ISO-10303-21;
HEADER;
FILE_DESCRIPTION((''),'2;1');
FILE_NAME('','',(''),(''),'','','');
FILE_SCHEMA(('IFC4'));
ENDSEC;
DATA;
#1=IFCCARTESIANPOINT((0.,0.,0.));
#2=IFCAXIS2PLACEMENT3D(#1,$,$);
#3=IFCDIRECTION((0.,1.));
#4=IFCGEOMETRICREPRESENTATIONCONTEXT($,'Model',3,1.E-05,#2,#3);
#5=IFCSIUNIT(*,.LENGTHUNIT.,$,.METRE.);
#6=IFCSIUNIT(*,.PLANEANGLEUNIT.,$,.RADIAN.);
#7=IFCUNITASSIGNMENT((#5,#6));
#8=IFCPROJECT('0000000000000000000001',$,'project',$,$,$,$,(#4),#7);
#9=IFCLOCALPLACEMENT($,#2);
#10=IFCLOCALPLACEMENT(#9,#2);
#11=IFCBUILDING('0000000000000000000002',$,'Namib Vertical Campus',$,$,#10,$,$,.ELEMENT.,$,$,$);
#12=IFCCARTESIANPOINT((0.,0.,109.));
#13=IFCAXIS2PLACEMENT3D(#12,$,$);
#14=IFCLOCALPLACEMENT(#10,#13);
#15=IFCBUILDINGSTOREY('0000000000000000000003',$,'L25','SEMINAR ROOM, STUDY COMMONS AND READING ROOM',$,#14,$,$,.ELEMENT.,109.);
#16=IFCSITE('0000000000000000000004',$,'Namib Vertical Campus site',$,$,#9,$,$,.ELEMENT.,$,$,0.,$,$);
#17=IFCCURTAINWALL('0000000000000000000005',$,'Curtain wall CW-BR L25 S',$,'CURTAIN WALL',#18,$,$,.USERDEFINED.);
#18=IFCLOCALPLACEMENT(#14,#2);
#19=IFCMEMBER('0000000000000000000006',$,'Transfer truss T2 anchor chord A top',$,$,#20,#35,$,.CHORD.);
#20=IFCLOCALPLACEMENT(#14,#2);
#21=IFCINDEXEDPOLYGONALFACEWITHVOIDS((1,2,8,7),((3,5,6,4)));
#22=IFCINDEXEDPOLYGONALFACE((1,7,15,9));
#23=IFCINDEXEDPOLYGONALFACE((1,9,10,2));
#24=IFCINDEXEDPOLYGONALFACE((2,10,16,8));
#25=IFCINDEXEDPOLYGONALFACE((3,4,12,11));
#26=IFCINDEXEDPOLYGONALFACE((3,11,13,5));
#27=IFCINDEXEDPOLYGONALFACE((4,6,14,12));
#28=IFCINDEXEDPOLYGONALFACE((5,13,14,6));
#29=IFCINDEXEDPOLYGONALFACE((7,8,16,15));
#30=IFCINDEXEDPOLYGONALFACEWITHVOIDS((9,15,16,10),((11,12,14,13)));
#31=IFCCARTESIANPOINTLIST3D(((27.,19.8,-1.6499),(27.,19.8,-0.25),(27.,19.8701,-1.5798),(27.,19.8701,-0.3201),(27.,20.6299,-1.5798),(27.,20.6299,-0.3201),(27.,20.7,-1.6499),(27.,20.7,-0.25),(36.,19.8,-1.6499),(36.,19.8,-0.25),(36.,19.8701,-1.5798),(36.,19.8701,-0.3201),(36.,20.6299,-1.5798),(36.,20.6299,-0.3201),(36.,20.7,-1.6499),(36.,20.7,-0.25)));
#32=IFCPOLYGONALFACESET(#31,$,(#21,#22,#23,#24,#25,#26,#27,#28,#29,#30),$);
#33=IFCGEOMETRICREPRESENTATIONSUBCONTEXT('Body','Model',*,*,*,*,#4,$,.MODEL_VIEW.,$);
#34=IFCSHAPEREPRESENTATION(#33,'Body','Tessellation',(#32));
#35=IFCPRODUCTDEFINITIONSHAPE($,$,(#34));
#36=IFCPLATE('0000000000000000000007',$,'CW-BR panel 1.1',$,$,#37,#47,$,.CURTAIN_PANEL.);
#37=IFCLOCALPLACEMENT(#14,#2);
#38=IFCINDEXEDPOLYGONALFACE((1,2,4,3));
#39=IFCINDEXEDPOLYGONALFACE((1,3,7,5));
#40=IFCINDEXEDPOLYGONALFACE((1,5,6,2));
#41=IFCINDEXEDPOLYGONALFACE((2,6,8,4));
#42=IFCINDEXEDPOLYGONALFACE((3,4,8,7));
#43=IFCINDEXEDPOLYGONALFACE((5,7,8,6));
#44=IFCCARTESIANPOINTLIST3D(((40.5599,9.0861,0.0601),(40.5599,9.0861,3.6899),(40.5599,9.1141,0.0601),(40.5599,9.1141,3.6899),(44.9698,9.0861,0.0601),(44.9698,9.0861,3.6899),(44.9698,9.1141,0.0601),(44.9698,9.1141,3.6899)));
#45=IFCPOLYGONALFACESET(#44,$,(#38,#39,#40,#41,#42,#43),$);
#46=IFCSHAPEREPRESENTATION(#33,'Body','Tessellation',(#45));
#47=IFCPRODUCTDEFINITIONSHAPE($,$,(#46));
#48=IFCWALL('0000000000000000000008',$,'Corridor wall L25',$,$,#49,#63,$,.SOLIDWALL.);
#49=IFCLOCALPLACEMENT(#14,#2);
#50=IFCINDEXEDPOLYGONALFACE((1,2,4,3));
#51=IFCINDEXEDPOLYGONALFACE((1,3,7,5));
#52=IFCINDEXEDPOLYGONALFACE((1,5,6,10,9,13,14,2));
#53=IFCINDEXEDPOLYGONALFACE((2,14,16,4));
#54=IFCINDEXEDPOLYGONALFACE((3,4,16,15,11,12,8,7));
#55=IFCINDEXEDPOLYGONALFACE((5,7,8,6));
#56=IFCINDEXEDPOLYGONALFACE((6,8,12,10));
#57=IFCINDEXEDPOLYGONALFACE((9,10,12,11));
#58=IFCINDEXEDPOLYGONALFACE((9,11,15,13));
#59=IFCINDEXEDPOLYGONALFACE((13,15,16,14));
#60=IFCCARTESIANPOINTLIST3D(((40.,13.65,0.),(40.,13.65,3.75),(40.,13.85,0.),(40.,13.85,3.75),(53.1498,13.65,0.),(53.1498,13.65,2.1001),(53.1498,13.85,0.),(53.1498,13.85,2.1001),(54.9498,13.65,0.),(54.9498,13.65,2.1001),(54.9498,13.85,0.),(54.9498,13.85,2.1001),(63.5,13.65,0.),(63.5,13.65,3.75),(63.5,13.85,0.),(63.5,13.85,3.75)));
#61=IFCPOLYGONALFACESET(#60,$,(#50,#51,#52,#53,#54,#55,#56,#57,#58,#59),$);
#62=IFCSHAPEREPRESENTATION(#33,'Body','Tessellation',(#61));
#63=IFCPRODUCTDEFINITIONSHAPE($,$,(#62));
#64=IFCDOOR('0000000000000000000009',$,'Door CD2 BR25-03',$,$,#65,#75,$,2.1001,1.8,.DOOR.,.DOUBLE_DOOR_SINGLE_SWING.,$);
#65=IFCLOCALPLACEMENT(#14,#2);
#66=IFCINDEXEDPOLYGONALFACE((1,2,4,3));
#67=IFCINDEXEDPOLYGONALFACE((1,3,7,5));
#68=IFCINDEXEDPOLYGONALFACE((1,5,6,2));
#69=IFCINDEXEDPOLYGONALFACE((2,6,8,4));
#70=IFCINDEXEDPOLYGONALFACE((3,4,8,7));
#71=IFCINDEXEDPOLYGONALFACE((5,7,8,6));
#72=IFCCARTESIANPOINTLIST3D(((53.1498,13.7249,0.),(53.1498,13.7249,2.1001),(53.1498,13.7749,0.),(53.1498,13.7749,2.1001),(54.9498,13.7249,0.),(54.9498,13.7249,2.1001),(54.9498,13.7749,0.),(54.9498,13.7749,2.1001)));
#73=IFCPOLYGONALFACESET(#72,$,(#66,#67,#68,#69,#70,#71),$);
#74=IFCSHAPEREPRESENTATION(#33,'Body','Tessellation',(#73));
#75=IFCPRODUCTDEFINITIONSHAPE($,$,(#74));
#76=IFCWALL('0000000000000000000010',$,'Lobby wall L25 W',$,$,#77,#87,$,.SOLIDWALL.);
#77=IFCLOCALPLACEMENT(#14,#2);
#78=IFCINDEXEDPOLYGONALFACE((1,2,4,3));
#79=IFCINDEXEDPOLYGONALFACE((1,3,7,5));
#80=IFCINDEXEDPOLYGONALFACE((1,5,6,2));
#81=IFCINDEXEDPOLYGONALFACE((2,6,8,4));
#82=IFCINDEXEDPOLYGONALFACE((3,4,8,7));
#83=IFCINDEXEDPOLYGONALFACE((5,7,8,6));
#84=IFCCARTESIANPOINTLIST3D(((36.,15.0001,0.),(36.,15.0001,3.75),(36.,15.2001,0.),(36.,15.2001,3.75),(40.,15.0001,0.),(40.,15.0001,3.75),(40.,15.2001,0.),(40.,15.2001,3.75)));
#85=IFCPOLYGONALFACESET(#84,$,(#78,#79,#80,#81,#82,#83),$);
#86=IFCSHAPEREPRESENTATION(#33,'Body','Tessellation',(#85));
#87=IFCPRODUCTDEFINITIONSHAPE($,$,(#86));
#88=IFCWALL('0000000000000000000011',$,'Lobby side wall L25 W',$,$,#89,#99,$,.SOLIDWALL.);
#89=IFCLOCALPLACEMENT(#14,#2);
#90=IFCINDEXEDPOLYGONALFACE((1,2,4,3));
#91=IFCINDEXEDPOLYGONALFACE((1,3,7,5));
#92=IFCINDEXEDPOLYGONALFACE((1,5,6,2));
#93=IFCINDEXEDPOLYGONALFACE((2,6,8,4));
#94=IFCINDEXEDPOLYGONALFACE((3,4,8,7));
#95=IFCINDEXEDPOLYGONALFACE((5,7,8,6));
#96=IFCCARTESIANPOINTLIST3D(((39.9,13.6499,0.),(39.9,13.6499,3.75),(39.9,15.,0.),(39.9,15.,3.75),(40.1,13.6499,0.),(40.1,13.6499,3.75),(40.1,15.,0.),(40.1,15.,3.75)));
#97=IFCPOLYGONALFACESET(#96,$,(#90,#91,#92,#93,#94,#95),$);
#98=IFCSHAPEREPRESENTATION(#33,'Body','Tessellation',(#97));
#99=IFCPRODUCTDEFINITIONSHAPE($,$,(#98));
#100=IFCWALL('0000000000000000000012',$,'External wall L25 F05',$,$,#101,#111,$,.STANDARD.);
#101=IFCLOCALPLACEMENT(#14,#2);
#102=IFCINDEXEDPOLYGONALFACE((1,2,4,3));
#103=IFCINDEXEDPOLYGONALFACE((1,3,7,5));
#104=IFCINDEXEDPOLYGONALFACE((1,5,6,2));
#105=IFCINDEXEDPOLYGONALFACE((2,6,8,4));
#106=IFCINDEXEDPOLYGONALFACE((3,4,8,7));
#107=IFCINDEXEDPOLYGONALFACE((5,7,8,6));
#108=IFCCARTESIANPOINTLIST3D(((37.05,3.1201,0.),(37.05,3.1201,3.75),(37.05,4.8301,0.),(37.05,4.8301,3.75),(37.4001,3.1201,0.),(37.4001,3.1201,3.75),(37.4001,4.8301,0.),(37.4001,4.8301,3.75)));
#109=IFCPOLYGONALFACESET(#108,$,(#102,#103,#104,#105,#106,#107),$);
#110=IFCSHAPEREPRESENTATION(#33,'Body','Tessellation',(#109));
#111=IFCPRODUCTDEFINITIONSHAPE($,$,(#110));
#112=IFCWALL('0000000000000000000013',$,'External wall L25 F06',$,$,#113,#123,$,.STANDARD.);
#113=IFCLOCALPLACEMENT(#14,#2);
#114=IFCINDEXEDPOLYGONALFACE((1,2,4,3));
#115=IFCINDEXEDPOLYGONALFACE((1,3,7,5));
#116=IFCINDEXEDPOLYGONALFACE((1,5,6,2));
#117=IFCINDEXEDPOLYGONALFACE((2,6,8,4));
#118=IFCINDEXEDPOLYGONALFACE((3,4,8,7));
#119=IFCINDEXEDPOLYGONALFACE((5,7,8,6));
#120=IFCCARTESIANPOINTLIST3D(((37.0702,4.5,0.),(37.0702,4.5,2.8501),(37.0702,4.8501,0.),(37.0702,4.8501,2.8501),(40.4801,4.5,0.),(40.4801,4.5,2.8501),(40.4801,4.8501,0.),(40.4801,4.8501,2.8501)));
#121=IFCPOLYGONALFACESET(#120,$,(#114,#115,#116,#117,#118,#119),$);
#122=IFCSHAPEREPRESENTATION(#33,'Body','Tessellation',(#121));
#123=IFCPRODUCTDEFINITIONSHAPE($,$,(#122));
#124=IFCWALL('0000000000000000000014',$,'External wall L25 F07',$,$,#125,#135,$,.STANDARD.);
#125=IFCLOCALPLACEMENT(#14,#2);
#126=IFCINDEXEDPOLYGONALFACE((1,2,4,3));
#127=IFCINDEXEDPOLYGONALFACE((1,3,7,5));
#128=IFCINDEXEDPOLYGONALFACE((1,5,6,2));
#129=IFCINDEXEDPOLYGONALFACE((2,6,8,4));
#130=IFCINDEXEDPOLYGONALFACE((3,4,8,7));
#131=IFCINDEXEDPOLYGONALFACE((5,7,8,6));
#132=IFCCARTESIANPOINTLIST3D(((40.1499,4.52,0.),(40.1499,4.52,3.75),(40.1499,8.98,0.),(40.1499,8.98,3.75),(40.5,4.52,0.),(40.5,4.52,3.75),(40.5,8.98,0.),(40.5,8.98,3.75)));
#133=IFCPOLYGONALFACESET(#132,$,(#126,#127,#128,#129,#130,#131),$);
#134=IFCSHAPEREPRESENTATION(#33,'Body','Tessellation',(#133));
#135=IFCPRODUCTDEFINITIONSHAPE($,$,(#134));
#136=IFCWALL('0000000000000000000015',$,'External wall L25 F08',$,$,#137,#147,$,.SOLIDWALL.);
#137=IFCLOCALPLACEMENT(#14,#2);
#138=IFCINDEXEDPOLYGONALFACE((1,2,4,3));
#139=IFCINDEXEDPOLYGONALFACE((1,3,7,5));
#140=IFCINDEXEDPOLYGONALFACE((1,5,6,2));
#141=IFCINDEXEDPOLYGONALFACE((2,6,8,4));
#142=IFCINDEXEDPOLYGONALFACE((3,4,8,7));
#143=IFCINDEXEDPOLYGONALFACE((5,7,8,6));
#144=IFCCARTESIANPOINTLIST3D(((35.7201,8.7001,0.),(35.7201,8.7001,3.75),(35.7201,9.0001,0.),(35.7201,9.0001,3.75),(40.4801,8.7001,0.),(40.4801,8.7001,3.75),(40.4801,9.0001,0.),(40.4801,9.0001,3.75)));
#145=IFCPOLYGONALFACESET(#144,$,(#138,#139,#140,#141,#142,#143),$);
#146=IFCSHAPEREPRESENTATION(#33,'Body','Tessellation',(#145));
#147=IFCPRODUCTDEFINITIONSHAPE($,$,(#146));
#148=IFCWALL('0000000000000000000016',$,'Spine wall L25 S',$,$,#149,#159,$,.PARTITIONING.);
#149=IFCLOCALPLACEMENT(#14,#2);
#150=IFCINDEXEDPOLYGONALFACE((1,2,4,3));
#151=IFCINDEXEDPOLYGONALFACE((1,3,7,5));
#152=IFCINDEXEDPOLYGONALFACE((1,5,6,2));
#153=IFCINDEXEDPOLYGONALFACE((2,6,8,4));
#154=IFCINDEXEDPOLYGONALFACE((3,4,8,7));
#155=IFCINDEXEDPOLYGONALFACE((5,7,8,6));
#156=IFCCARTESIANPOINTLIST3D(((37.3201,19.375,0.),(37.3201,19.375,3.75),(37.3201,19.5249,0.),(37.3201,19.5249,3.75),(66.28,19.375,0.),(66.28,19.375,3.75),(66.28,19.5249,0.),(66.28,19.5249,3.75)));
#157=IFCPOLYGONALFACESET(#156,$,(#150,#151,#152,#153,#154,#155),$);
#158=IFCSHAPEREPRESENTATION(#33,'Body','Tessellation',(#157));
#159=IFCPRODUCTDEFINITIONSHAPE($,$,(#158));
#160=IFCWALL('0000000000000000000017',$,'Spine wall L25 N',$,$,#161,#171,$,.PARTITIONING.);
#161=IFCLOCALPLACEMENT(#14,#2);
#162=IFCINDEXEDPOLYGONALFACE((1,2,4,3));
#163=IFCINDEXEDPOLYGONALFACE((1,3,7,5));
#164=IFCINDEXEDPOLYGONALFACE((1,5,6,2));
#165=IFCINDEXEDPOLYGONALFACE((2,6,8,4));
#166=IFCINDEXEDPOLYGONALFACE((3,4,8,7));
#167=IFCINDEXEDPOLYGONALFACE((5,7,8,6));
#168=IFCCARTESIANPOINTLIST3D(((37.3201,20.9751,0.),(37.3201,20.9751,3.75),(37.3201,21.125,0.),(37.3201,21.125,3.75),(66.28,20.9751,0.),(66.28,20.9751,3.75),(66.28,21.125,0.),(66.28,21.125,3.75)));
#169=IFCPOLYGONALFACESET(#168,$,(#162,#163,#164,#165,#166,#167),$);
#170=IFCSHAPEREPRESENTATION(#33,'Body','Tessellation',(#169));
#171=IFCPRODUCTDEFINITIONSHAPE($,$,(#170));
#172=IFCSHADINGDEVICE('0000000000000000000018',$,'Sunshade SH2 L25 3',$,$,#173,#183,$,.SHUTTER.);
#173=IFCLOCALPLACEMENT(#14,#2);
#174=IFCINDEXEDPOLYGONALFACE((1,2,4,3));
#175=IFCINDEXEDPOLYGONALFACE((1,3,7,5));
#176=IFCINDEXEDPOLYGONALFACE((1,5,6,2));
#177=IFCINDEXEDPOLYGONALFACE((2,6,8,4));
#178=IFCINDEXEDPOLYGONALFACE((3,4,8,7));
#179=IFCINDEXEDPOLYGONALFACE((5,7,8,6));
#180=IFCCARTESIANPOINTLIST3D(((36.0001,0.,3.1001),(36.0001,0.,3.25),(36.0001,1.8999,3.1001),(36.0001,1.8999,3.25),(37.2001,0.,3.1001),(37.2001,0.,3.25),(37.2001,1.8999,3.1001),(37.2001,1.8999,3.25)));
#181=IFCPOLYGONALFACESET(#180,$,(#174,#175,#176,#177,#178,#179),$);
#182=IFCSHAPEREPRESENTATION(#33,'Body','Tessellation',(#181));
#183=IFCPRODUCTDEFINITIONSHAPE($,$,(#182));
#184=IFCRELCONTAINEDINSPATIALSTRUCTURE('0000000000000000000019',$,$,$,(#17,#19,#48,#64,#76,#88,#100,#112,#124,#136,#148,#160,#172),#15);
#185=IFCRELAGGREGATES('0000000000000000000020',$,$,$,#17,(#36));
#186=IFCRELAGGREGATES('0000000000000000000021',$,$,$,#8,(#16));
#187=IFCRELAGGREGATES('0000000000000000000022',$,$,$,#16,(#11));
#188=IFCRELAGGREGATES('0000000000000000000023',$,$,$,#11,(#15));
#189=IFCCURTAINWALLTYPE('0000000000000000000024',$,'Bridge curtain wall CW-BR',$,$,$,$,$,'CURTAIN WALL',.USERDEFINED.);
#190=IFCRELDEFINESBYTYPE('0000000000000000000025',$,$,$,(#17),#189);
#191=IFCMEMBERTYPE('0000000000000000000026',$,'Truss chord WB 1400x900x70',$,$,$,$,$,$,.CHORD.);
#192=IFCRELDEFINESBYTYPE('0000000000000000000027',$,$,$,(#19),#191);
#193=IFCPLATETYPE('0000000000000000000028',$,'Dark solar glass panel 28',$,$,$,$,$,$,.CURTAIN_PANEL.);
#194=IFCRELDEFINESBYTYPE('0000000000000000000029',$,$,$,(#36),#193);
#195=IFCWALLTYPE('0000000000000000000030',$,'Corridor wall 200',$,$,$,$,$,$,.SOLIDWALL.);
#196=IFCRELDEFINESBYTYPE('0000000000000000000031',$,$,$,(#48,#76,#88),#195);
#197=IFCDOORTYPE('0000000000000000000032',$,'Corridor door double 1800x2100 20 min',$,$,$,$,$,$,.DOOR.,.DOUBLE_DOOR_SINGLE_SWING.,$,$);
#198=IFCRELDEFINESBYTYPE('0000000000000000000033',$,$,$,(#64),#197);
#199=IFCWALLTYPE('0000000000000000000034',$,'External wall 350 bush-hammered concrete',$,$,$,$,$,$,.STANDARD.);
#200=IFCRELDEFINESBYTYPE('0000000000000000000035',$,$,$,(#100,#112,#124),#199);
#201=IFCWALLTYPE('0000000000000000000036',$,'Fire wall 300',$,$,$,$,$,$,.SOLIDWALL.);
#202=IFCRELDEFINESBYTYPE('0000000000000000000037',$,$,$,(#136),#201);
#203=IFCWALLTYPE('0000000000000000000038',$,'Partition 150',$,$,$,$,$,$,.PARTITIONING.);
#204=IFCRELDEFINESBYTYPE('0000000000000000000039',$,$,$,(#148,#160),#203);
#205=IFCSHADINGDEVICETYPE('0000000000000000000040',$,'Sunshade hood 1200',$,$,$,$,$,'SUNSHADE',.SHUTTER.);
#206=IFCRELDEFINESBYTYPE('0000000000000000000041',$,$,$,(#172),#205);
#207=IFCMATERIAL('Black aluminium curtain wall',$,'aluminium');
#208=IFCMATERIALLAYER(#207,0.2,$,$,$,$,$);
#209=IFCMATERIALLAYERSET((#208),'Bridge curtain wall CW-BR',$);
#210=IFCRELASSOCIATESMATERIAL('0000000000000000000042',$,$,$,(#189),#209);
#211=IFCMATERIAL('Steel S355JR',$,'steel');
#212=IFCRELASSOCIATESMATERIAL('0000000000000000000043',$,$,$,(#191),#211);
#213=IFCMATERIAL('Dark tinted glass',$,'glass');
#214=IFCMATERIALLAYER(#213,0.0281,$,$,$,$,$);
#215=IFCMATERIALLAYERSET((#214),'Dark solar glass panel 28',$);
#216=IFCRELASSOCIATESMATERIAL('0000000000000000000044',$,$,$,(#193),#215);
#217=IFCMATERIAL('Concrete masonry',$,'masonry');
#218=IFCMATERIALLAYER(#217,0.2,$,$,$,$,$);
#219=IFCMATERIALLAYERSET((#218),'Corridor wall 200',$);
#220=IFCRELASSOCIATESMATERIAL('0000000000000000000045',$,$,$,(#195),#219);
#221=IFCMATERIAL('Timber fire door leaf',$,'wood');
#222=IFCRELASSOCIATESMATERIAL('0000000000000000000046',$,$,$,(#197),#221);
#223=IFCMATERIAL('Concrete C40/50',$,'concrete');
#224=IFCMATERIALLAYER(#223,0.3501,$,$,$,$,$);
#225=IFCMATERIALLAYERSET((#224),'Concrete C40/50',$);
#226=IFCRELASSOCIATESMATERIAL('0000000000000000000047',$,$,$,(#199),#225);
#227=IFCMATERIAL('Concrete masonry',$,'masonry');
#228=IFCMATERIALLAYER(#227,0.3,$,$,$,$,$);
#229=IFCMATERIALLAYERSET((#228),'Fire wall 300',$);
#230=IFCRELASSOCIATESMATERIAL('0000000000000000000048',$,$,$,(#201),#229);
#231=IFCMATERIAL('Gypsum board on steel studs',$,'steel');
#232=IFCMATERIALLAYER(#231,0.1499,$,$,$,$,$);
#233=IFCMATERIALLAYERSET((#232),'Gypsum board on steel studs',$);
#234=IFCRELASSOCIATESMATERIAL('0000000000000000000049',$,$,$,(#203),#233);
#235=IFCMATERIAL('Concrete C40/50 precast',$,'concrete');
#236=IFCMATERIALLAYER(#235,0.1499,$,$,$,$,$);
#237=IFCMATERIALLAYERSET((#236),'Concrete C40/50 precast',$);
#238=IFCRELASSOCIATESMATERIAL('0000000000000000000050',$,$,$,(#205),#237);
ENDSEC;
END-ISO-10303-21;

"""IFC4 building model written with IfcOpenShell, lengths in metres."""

from ifc_helpers import new_model, si_unit, direction, frame, frame_2d, origin, origin_2d, place, context, subcontext, project, spatial, rectangle, hollow_rectangle, extrude, material, layer, layer_set, material_profile, profile_set, type_object, element, fill, aggregate, save


model = new_model("IFC4")

# Units and contexts
model_context = context("Model", 3, precision=1e-05, world=origin(), true_north=direction((0.0, 1.0)))
body_context = subcontext(model_context, "Body", "Model", "MODEL_VIEW")
ifc_project = project(units=[si_unit("LENGTHUNIT", "METRE"), si_unit("PLANEANGLEUNIT", "RADIAN")], contexts=[model_context])

# Site, building, storey
site_placement = place(None, origin())
site = spatial("IfcSite", under=ifc_project, at=site_placement, Name="Namib Vertical Campus site", CompositionType="ELEMENT", RefElevation=0.0)
building_placement = place(site_placement, origin())
building = spatial("IfcBuilding", under=site, at=building_placement, Name="Namib Vertical Campus", CompositionType="ELEMENT")
storey_placement = place(building_placement, frame((0.0, 0.0, 109.0)))
storey = spatial("IfcBuildingStorey", under=building, at=storey_placement, Name="L25", Description="SEMINAR ROOM, STUDY COMMONS AND READING ROOM", CompositionType="ELEMENT", Elevation=109.0)

# Curtain wall
ifc_material_1 = material(Name="Black aluminium curtain wall", Category="aluminium")
ifc_layer_1 = layer(ifc_material_1, 0.2)
ifc_layer_set_1 = layer_set([ifc_layer_1], Name="Bridge curtain wall CW-BR")
curtain_wall_type = type_object("IfcCurtainWallType", Name="Bridge curtain wall CW-BR", ElementType="CURTAIN WALL", PredefinedType="USERDEFINED", material=ifc_layer_set_1)
curtain_wall_placement = place(storey_placement, origin())
curtain_wall = element("IfcCurtainWall", 1, at=curtain_wall_placement, inside=storey, type_object=curtain_wall_type, Name="Curtain wall CW-BR L25 S", ObjectType="CURTAIN WALL", PredefinedType="USERDEFINED")

# Member
ifc_material_2 = material(Name="Steel S355JR", Category="steel")
ifc_material_profile_1 = material_profile(ifc_material_2, hollow_rectangle(XDim=0.8999, YDim=1.3999, WallThickness=0.0701, at=origin_2d()))
ifc_profile_set_1 = profile_set([ifc_material_profile_1], Name="Steel S355JR")
member_type_1 = type_object("IfcMemberType", Name="Truss chord WB 1400x900x70", PredefinedType="CHORD", material=ifc_profile_set_1)
member_1_placement = place(storey_placement, frame((36.0, 20.25, -0.95), z_axis=(-1.0, 0.0, 0.0), x_axis=(0.0, -1.0, 0.0)))
element("IfcMember", 2, at=member_1_placement, inside=storey, type_object=member_type_1, Name="Transfer truss T2 anchor chord A top", PredefinedType="CHORD", context=body_context, shape_type="SweptSolid", body=[
    extrude(hollow_rectangle(XDim=0.8999, YDim=1.3999, WallThickness=0.0701, at=origin_2d()), origin(), (0.0, 0.0, 1.0), 9.0),
])

# Plate
ifc_material_3 = material(Name="Dark tinted glass", Category="glass")
ifc_layer_2 = layer(ifc_material_3, 0.0281)
ifc_layer_set_2 = layer_set([ifc_layer_2], Name="Dark solar glass panel 28")
plate_type = type_object("IfcPlateType", Name="Dark solar glass panel 28", PredefinedType="CURTAIN_PANEL", material=ifc_layer_set_2)
plate_placement = place(storey_placement, frame((42.7649, 9.1001, 0.0601), z_axis=(0.0, 0.0, 1.0), x_axis=(1.0, 0.0, 0.0)))
plate = element("IfcPlate", 3, at=plate_placement, type_object=plate_type, Name="CW-BR panel 1.1", PredefinedType="CURTAIN_PANEL", context=body_context, shape_type="SweptSolid", body=[
    extrude(rectangle(XDim=4.4099, YDim=0.0281, at=origin_2d()), origin(), (0.0, 0.0, 1.0), 3.6299),
])
aggregate(curtain_wall, [plate])

# Wall, opening, door
ifc_material_4 = material(Name="Concrete masonry", Category="masonry")
ifc_layer_3 = layer(ifc_material_4, 0.2)
ifc_layer_set_3 = layer_set([ifc_layer_3], Name="Corridor wall 200")
wall_type_1 = type_object("IfcWallType", Name="Corridor wall 200", PredefinedType="SOLIDWALL", material=ifc_layer_set_3)
wall_1_placement = place(storey_placement, frame((40.0, 13.75, 0.0), z_axis=(0.0, 0.0, 1.0), x_axis=(1.0, 0.0, 0.0)))
wall_1 = element("IfcWall", 4, at=wall_1_placement, inside=storey, type_object=wall_type_1, Name="Corridor wall L25", PredefinedType="SOLIDWALL", context=body_context, shape_type="SweptSolid", body=[
    extrude(rectangle(XDim=23.5, YDim=0.2, at=frame_2d((11.75, 0.0))), origin(), (0.0, 0.0, 1.0), 3.75),
])
opening_placement = place(wall_1_placement, frame((13.1499, 0.0, 0.0)))
opening = element("IfcOpeningElement", 5, at=opening_placement, cuts=wall_1, PredefinedType="OPENING", context=body_context, shape_type="SweptSolid", body=[
    extrude(rectangle(XDim=1.8, YDim=2.1001, at=frame_2d((0.8999, 1.05))), frame((0.0, 0.1099, 0.0), z_axis=(0.0, -1.0, 0.0), x_axis=(1.0, 0.0, 0.0)), (0.0, 0.0, 1.0), 0.22),
])
ifc_material_5 = material(Name="Timber fire door leaf", Category="wood")
door_type = type_object("IfcDoorType", Name="Corridor door double 1800x2100 20 min", OperationType="DOUBLE_DOOR_SINGLE_SWING", PredefinedType="DOOR", material=ifc_material_5)
door_placement = place(opening_placement, origin())
door = element("IfcDoor", 6, at=door_placement, inside=storey, type_object=door_type, Name="Door CD2 BR25-03", OperationType="DOUBLE_DOOR_SINGLE_SWING", OverallHeight=2.1001, OverallWidth=1.8, PredefinedType="DOOR", context=body_context, shape_type="SweptSolid", body=[
    extrude(rectangle(XDim=1.8, YDim=2.1001, at=frame_2d((0.8999, 1.05))), frame((0.0, 0.0249, 0.0), z_axis=(0.0, -1.0, 0.0), x_axis=(1.0, 0.0, 0.0)), (0.0, 0.0, 1.0), 0.05),
])
fill(opening, door)

# Walls
wall_2_placement = place(storey_placement, frame((36.0, 15.1001, 0.0), z_axis=(0.0, 0.0, 1.0), x_axis=(1.0, 0.0, 0.0)))
element("IfcWall", 7, at=wall_2_placement, inside=storey, type_object=wall_type_1, Name="Lobby wall L25 W", PredefinedType="SOLIDWALL", context=body_context, shape_type="SweptSolid", body=[
    extrude(rectangle(XDim=4.0, YDim=0.2, at=frame_2d((2.0, 0.0))), origin(), (0.0, 0.0, 1.0), 3.75),
])
wall_3_placement = place(storey_placement, frame((40.0, 13.6499, 0.0), z_axis=(0.0, 0.0, 1.0), x_axis=(0.0, 1.0, 0.0)))
element("IfcWall", 8, at=wall_3_placement, inside=storey, type_object=wall_type_1, Name="Lobby side wall L25 W", PredefinedType="SOLIDWALL", context=body_context, shape_type="SweptSolid", body=[
    extrude(rectangle(XDim=1.3501, YDim=0.2, at=frame_2d((0.675, 0.0))), origin(), (0.0, 0.0, 1.0), 3.75),
])
ifc_material_6 = material(Name="Concrete C40/50", Category="concrete")
ifc_layer_4 = layer(ifc_material_6, 0.3501)
ifc_layer_set_4 = layer_set([ifc_layer_4], Name="Concrete C40/50")
wall_type_2 = type_object("IfcWallType", Name="External wall 350 bush-hammered concrete", PredefinedType="STANDARD", material=ifc_layer_set_4)
wall_4_placement = place(storey_placement, frame((37.2251, 3.1201, 0.0), z_axis=(0.0, 0.0, 1.0), x_axis=(0.0, 1.0, 0.0)))
element("IfcWall", 9, at=wall_4_placement, inside=storey, type_object=wall_type_2, Name="External wall L25 F05", PredefinedType="STANDARD", context=body_context, shape_type="SweptSolid", body=[
    extrude(rectangle(XDim=1.71, YDim=0.3501, at=frame_2d((0.855, 0.0))), origin(), (0.0, 0.0, 1.0), 3.75),
])
wall_5_placement = place(storey_placement, frame((37.0701, 4.675, 0.0), z_axis=(0.0, 0.0, 1.0), x_axis=(1.0, 0.0, 0.0)))
element("IfcWall", 10, at=wall_5_placement, inside=storey, type_object=wall_type_2, Name="External wall L25 F06", PredefinedType="STANDARD", context=body_context, shape_type="SweptSolid", body=[
    extrude(rectangle(XDim=3.4099, YDim=0.3501, at=frame_2d((1.7051, 0.0))), origin(), (0.0, 0.0, 1.0), 2.8501),
])
wall_6_placement = place(storey_placement, frame((40.325, 4.52, 0.0), z_axis=(0.0, 0.0, 1.0), x_axis=(0.0, 1.0, 0.0)))
element("IfcWall", 11, at=wall_6_placement, inside=storey, type_object=wall_type_2, Name="External wall L25 F07", PredefinedType="STANDARD", context=body_context, shape_type="SweptSolid", body=[
    extrude(rectangle(XDim=4.46, YDim=0.3501, at=frame_2d((2.23, 0.0))), origin(), (0.0, 0.0, 1.0), 3.75),
])
ifc_material_7 = material(Name="Concrete masonry", Category="masonry")
ifc_layer_5 = layer(ifc_material_7, 0.3)
ifc_layer_set_5 = layer_set([ifc_layer_5], Name="Fire wall 300")
wall_type_3 = type_object("IfcWallType", Name="Fire wall 300", PredefinedType="SOLIDWALL", material=ifc_layer_set_5)
wall_7_placement = place(storey_placement, frame((40.48, 8.8501, 0.0), z_axis=(0.0, 0.0, 1.0), x_axis=(-1.0, 0.0, 0.0)))
element("IfcWall", 12, at=wall_7_placement, inside=storey, type_object=wall_type_3, Name="External wall L25 F08", PredefinedType="SOLIDWALL", context=body_context, shape_type="SweptSolid", body=[
    extrude(rectangle(XDim=4.76, YDim=0.3, at=frame_2d((2.3799, 0.0))), origin(), (0.0, 0.0, 1.0), 3.75),
])
ifc_material_8 = material(Name="Gypsum board on steel studs", Category="steel")
ifc_layer_6 = layer(ifc_material_8, 0.1499)
ifc_layer_set_6 = layer_set([ifc_layer_6], Name="Gypsum board on steel studs")
wall_type_4 = type_object("IfcWallType", Name="Partition 150", PredefinedType="PARTITIONING", material=ifc_layer_set_6)
for number, where, z_axis, x_axis, name in (
    (13, (37.3201, 19.45, 0.0), (0.0, 0.0, 1.0), (1.0, 0.0, 0.0), "Spine wall L25 S"),
    (14, (37.3201, 21.05, 0.0), (0.0, 0.0, 1.0), (1.0, 0.0, 0.0), "Spine wall L25 N"),
):
    element("IfcWall", number, at=place(storey_placement, frame(where, z_axis=z_axis, x_axis=x_axis)), inside=storey, type_object=wall_type_4, Name=name, PredefinedType="PARTITIONING", context=body_context, shape_type="SweptSolid", body=[
        extrude(rectangle(XDim=28.96, YDim=0.1499, at=frame_2d((14.48, 0.0))), origin(), (0.0, 0.0, 1.0), 3.75),
    ])

# Shading device
ifc_material_9 = material(Name="Concrete C40/50 precast", Category="concrete")
ifc_layer_7 = layer(ifc_material_9, 0.1499)
ifc_layer_set_7 = layer_set([ifc_layer_7], Name="Concrete C40/50 precast")
shading_device_type = type_object("IfcShadingDeviceType", Name="Sunshade hood 1200", ElementType="SUNSHADE", PredefinedType="SHUTTER", material=ifc_layer_set_7)
for number, where, z_axis, x_axis, name in (
    (15, (36.6001, 0.95, 3.1001), (0.0, 0.0, 1.0), (0.0, 1.0, 0.0), "Sunshade SH2 L25 3"),
):
    element("IfcShadingDevice", number, at=place(storey_placement, frame(where, z_axis=z_axis, x_axis=x_axis)), inside=storey, type_object=shading_device_type, Name=name, PredefinedType="SHUTTER", context=body_context, shape_type="SweptSolid", body=[
        extrude(rectangle(XDim=1.8999, YDim=1.2, at=origin_2d()), origin(), (0.0, 0.0, 1.0), 0.1499),
    ])

save(model, "model.ifc")
